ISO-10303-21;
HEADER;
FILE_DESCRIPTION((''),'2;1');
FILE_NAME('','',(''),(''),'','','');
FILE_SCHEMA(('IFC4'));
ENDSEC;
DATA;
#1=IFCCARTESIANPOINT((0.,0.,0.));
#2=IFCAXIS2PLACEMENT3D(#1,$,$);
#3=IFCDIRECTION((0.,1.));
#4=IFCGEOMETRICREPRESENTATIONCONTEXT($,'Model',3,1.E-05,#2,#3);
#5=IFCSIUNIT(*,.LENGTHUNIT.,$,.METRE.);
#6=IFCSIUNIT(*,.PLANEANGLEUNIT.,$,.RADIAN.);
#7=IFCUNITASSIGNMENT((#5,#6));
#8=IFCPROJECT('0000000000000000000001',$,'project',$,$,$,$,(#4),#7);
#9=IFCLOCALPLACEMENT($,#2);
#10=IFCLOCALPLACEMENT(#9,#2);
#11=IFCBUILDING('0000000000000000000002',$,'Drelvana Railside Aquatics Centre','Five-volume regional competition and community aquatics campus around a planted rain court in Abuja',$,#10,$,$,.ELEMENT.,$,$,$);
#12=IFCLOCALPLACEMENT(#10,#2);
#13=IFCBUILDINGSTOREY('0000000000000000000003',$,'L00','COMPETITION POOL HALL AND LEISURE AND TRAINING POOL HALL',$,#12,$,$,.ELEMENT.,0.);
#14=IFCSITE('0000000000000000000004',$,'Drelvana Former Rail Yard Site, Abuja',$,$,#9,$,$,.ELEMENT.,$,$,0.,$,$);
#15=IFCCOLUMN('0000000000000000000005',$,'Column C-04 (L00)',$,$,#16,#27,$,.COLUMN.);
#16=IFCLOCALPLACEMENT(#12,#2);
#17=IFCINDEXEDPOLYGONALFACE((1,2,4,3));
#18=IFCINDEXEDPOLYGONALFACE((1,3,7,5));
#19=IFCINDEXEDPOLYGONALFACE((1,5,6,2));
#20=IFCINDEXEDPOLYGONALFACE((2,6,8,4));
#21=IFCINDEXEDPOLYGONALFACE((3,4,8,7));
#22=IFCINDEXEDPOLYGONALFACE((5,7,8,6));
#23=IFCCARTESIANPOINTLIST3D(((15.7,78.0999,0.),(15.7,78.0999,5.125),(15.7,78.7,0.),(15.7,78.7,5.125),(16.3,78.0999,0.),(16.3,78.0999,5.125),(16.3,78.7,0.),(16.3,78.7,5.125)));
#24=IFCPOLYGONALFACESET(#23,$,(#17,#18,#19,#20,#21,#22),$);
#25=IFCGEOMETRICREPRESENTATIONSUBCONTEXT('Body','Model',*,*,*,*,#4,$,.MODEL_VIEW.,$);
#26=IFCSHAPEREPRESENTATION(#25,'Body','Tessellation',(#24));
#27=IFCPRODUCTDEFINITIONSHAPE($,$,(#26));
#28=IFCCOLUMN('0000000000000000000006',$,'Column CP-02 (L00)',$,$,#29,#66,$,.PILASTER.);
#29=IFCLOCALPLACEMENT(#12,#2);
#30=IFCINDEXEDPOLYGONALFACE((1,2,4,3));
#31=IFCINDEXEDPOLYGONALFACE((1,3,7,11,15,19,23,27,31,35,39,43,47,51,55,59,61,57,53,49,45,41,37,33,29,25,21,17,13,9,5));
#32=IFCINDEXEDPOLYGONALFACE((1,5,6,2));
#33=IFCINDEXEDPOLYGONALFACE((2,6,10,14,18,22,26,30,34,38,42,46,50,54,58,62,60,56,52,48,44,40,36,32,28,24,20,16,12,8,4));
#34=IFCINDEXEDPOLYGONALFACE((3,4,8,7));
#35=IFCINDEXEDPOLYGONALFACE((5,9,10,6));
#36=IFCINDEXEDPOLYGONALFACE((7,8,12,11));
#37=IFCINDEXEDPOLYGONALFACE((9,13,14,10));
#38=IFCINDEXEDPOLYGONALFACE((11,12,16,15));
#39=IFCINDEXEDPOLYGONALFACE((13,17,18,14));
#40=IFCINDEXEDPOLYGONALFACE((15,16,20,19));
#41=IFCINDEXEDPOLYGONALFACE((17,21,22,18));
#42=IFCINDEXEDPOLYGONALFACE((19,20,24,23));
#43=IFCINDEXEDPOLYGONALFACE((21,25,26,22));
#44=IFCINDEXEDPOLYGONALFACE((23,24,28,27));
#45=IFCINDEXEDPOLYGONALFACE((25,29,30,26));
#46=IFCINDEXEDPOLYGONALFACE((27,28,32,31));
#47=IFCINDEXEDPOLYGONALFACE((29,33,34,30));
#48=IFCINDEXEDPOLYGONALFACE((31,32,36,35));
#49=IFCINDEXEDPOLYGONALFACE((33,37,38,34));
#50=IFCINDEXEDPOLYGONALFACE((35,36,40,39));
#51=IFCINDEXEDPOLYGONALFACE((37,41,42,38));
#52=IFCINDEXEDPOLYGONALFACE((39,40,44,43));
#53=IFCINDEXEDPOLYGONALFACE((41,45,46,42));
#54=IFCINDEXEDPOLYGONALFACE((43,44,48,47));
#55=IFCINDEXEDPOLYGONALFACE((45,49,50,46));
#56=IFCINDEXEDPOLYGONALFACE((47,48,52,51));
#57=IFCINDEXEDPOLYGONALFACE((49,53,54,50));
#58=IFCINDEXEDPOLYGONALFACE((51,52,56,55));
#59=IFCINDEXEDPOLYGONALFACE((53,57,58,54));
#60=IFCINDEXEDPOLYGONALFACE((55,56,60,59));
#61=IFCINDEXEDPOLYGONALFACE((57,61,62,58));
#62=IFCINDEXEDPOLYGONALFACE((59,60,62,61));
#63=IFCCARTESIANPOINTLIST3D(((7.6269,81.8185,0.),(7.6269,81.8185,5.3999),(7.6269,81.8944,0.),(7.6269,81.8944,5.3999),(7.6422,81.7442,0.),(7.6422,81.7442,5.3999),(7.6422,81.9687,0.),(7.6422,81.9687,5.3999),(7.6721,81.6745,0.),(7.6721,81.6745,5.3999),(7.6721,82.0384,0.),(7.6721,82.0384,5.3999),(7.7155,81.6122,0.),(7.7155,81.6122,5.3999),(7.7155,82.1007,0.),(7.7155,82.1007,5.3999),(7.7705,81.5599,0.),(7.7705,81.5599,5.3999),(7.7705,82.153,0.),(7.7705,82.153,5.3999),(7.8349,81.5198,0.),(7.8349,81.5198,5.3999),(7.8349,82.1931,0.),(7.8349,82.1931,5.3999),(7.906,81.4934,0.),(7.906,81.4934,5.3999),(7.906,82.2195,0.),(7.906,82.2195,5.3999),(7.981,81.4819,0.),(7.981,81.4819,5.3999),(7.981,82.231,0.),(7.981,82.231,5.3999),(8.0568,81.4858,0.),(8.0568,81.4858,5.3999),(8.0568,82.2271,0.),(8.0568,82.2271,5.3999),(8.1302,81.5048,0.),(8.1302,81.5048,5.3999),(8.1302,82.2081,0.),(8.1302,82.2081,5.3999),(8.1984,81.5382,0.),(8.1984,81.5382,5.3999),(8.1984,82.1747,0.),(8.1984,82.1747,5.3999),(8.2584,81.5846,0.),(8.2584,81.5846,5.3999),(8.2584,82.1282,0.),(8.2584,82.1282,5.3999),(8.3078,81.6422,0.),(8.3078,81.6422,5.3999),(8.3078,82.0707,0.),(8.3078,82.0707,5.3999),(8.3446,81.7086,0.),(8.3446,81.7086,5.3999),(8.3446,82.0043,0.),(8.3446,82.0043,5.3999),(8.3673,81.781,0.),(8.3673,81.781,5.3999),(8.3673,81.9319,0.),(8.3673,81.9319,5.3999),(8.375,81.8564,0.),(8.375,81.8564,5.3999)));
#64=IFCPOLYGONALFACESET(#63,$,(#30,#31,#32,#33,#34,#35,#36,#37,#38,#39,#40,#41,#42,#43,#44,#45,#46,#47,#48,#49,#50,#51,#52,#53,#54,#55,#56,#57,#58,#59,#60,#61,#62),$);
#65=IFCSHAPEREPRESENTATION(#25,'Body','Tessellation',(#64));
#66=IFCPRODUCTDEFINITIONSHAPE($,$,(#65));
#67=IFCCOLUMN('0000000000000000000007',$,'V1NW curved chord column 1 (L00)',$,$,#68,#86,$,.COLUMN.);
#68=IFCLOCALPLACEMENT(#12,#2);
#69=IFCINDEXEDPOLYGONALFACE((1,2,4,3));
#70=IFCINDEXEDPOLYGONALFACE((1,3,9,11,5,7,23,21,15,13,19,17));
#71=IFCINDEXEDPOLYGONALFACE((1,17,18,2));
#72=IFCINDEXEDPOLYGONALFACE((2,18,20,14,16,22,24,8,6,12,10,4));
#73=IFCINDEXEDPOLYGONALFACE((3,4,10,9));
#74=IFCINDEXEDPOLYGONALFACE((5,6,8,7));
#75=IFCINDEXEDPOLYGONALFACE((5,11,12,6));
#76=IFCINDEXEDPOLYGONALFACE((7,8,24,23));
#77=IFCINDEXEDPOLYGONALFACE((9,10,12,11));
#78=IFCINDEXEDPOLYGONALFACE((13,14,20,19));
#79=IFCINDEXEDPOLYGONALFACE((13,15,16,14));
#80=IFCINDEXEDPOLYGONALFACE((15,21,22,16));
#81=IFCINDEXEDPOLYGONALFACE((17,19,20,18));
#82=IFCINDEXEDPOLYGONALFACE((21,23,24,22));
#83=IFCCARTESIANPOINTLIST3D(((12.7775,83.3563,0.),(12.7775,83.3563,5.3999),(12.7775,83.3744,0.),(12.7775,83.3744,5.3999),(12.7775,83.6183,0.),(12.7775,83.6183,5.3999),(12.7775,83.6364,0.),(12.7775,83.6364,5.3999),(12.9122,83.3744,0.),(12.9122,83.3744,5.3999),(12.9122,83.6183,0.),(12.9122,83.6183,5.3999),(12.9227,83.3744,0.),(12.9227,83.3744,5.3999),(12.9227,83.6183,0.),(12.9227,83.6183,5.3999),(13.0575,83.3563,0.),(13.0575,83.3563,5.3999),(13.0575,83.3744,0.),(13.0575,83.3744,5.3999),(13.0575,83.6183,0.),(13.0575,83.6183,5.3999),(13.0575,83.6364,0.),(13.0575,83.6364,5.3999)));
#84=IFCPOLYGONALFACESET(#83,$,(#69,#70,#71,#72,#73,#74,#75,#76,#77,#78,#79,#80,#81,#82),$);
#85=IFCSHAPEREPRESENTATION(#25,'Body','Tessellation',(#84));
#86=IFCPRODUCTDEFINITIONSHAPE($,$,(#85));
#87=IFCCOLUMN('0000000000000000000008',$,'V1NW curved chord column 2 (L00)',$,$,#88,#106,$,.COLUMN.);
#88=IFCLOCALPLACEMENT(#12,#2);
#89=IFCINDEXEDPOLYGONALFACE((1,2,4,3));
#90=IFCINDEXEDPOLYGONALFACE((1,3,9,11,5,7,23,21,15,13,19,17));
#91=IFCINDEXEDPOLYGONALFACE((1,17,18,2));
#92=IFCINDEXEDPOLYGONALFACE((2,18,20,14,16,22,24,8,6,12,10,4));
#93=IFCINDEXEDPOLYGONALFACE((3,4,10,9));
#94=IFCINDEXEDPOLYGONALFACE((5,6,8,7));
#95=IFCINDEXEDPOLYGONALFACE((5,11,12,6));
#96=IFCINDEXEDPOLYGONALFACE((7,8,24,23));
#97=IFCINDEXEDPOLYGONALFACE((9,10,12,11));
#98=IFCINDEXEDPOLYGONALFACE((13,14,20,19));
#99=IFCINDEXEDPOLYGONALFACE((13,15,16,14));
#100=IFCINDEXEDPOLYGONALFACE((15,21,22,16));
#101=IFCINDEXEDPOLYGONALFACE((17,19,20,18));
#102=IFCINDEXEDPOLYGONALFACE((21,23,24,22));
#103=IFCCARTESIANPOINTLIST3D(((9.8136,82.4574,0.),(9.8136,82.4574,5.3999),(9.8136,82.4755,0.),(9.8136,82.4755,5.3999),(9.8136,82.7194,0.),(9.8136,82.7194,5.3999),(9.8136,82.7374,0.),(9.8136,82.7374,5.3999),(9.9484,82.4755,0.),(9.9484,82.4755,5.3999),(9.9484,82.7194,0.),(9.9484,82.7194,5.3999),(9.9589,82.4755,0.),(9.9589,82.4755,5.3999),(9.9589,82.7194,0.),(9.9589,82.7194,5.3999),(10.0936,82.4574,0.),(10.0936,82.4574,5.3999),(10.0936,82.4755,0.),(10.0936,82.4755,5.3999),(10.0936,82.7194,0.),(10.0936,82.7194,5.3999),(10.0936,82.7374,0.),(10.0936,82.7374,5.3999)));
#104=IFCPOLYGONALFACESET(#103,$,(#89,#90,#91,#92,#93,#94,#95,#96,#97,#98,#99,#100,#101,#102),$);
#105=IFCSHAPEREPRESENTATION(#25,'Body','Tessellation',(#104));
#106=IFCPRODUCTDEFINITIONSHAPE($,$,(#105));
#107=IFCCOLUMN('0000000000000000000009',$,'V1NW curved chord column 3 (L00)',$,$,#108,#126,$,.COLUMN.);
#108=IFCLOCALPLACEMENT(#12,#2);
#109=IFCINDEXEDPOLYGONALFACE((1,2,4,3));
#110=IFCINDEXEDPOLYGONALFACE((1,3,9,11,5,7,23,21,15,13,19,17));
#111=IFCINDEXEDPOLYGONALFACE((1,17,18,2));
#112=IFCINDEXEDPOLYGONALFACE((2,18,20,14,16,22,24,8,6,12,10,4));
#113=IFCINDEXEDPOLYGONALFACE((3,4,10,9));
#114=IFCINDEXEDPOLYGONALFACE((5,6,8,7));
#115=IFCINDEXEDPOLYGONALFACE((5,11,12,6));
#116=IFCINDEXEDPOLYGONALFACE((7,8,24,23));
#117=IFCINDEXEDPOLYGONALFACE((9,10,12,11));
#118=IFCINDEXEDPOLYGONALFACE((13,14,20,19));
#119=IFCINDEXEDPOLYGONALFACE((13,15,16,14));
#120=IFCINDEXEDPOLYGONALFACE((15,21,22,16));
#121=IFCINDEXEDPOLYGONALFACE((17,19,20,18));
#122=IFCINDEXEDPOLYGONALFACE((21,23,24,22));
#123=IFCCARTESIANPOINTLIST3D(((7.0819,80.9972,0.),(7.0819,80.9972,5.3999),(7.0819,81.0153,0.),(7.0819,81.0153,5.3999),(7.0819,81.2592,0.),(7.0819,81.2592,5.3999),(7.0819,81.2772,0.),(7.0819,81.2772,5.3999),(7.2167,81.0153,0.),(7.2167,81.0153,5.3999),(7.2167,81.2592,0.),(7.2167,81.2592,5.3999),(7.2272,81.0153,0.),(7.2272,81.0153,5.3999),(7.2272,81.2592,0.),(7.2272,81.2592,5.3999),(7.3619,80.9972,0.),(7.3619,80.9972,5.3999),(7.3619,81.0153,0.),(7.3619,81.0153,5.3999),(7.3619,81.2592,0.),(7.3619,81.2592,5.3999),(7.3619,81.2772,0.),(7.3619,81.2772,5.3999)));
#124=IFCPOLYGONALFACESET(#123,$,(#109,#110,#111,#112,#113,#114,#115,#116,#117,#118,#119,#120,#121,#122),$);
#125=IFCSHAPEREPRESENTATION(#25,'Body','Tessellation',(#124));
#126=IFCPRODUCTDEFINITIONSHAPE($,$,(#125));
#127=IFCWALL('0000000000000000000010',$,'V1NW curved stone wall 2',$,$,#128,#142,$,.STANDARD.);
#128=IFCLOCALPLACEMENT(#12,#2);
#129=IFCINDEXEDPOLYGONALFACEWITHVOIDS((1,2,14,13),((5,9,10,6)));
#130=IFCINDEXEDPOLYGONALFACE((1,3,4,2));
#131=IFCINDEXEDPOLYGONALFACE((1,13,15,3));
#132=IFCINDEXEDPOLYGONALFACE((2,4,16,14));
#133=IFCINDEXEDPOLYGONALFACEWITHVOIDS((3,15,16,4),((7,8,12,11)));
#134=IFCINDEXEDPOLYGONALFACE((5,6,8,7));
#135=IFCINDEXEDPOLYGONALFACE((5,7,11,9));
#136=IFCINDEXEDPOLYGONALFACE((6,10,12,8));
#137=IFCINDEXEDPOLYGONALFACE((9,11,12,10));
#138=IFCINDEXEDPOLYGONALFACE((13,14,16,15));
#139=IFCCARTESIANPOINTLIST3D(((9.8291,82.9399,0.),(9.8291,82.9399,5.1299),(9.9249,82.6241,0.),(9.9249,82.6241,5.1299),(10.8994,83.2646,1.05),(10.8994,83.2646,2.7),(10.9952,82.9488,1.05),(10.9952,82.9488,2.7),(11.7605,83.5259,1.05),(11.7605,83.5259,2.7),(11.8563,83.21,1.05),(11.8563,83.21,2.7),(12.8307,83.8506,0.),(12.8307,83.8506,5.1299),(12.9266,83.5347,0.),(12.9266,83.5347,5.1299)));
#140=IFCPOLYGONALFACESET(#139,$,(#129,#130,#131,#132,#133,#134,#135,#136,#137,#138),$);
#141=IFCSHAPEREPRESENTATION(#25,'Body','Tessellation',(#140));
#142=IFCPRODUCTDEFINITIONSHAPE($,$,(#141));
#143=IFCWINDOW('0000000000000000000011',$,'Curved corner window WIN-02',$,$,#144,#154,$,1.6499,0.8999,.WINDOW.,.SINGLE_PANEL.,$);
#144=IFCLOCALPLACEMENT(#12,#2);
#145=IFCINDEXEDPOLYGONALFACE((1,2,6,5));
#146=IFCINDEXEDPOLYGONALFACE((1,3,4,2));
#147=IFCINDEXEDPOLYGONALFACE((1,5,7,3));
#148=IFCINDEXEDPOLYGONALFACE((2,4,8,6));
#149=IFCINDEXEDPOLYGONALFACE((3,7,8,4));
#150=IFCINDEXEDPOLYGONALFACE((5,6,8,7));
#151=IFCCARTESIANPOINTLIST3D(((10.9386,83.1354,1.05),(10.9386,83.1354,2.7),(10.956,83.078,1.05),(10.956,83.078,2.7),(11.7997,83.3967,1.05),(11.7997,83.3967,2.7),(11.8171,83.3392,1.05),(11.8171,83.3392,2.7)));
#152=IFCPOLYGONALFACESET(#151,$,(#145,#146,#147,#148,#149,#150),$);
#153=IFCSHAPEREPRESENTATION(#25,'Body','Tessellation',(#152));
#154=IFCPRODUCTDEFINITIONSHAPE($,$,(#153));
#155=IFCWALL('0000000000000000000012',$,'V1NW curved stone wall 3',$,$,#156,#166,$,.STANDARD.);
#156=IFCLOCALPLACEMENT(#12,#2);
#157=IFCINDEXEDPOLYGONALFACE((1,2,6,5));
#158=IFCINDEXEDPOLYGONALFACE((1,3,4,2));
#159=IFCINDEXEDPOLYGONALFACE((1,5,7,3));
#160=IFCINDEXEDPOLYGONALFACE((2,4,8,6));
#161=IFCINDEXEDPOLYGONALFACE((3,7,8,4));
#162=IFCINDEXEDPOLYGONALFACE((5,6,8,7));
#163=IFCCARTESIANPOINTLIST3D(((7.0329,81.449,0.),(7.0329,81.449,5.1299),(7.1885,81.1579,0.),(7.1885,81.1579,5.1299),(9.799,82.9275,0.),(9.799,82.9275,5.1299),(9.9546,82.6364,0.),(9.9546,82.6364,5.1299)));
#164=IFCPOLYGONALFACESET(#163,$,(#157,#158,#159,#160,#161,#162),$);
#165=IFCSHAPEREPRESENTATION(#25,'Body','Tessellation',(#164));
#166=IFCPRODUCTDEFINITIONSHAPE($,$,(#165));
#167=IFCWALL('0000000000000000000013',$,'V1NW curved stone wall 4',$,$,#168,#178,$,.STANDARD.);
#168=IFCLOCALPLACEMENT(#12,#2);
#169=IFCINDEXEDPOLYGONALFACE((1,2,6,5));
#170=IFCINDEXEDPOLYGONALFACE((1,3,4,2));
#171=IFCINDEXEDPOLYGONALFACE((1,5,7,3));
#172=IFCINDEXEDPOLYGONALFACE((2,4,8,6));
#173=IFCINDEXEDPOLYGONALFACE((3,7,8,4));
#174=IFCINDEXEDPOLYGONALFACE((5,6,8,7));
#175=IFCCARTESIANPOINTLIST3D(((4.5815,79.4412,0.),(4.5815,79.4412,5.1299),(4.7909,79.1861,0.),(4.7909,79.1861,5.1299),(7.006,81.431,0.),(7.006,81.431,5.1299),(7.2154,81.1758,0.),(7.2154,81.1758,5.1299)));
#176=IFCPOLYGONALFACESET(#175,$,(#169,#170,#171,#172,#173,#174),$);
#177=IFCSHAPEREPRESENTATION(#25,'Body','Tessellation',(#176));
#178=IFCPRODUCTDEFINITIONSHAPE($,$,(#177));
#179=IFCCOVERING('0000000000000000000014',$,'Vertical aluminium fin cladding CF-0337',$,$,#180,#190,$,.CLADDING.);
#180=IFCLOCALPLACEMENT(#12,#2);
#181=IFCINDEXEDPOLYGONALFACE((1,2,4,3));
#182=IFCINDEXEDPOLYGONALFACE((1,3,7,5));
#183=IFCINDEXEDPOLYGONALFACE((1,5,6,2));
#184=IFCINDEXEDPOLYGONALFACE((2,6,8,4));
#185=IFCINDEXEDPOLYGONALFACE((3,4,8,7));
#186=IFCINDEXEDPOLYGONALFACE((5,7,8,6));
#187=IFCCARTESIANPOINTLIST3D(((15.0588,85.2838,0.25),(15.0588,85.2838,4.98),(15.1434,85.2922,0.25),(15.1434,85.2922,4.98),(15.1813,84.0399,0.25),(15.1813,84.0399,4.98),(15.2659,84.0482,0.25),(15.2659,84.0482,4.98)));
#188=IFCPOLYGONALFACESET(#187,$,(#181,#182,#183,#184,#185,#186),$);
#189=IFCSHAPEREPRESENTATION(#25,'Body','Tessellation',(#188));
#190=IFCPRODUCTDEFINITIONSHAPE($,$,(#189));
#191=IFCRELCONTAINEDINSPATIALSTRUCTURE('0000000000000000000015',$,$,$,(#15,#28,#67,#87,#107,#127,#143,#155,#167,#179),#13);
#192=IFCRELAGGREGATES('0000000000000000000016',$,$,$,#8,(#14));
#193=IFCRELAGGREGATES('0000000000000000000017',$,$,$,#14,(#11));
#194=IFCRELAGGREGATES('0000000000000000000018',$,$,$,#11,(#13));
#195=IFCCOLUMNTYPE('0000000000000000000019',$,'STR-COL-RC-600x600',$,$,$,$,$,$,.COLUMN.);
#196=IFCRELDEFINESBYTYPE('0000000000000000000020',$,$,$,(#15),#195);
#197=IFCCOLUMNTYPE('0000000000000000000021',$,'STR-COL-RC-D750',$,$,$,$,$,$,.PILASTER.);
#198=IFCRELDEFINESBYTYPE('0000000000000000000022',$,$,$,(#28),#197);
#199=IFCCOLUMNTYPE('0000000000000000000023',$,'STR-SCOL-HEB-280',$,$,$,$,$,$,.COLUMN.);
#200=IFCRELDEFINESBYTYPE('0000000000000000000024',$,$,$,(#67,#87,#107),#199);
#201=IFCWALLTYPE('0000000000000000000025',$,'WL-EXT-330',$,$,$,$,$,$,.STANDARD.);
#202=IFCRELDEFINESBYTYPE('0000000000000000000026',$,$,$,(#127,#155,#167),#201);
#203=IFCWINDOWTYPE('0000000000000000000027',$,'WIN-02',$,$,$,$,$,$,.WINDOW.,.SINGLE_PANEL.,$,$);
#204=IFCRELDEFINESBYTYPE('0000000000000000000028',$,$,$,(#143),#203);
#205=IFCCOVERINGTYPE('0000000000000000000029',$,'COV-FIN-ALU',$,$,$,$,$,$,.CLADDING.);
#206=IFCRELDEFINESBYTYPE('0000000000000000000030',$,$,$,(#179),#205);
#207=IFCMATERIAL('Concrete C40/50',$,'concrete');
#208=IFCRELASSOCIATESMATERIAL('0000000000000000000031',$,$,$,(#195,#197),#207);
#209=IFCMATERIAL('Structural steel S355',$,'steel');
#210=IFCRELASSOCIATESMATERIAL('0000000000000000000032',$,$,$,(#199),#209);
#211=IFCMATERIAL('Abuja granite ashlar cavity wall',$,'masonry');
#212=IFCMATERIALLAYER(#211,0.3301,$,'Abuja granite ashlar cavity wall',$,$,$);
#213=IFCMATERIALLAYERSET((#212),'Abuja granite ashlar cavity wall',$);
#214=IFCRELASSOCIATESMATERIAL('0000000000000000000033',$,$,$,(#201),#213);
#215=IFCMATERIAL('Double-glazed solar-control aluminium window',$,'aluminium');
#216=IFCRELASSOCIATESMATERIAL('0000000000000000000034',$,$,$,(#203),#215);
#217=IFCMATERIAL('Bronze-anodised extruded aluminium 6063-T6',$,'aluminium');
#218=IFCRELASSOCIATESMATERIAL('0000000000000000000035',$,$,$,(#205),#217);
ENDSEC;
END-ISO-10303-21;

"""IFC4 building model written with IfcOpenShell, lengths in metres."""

from ifc_helpers import new_model, si_unit, direction, frame, frame_2d, origin, origin_2d, place, context, subcontext, project, spatial, rectangle, circle, i_section, extrude, material, layer, layer_set, material_profile, profile_set, type_object, element, fill, save


model = new_model("IFC4")

# Units and contexts
model_context = context("Model", 3, precision=1e-05, world=origin(), true_north=direction((0.0, 1.0)))
body_context = subcontext(model_context, "Body", "Model", "MODEL_VIEW")
ifc_project = project(units=[si_unit("LENGTHUNIT", "METRE"), si_unit("PLANEANGLEUNIT", "RADIAN")], contexts=[model_context])

# Site, building, storey
site_placement = place(None, origin())
site = spatial("IfcSite", under=ifc_project, at=site_placement, Name="Drelvana Former Rail Yard Site, Abuja", CompositionType="ELEMENT", RefElevation=0.0)
building_placement = place(site_placement, origin())
building = spatial("IfcBuilding", under=site, at=building_placement, Name="Drelvana Railside Aquatics Centre", Description="Five-volume regional competition and community aquatics campus around a planted rain court in Abuja", CompositionType="ELEMENT")
storey_placement = place(building_placement, origin())
storey = spatial("IfcBuildingStorey", under=building, at=storey_placement, Name="L00", Description="COMPETITION POOL HALL AND LEISURE AND TRAINING POOL HALL", CompositionType="ELEMENT", Elevation=0.0)

# Columns
ifc_material_1 = material(Name="Concrete C40/50", Category="concrete")
ifc_material_profile_1 = material_profile(ifc_material_1, rectangle(XDim=0.6001, YDim=0.6001, at=origin_2d()), Name="RC 600x600")
ifc_profile_set_1 = profile_set([ifc_material_profile_1], Name="Concrete C40/50")
column_type_1 = type_object("IfcColumnType", Name="STR-COL-RC-600x600", PredefinedType="COLUMN", material=ifc_profile_set_1)
column_1_placement = place(storey_placement, frame((16.0, 78.3999, 0.0), z_axis=(0.0, 0.0, 1.0), x_axis=(1.0, 0.0, 0.0)))
element("IfcColumn", 1, at=column_1_placement, inside=storey, type_object=column_type_1, Name="Column C-04 (L00)", PredefinedType="COLUMN", context=body_context, shape_type="SweptSolid", body=[
    extrude(rectangle(XDim=0.6001, YDim=0.6001, at=origin_2d()), origin(), (0.0, 0.0, 1.0), 5.125),
])
ifc_material_profile_2 = material_profile(ifc_material_1, circle(Radius=0.375, at=origin_2d()), Name="RC D750")
ifc_profile_set_2 = profile_set([ifc_material_profile_2], Name="Concrete C40/50")
column_type_2 = type_object("IfcColumnType", Name="STR-COL-RC-D750", PredefinedType="PILASTER", material=ifc_profile_set_2)
column_2_placement = place(storey_placement, frame((8.0, 81.8564, 0.0), z_axis=(0.0, 0.0, 1.0), x_axis=(1.0, 0.0, 0.0)))
element("IfcColumn", 2, at=column_2_placement, inside=storey, type_object=column_type_2, Name="Column CP-02 (L00)", PredefinedType="PILASTER", context=body_context, shape_type="SweptSolid", body=[
    extrude(circle(Radius=0.375, at=origin_2d()), origin(), (0.0, 0.0, 1.0), 5.3999),
])
ifc_material_2 = material(Name="Structural steel S355", Category="steel")
ifc_material_profile_3 = material_profile(ifc_material_2, i_section(OverallWidth=0.28, OverallDepth=0.28, WebThickness=0.0105, FlangeThickness=0.0181, at=origin_2d()), Name="HEB 280")
ifc_profile_set_3 = profile_set([ifc_material_profile_3], Name="Structural steel S355")
column_type_3 = type_object("IfcColumnType", Name="STR-SCOL-HEB-280", PredefinedType="COLUMN", material=ifc_profile_set_3)
for number, where, z_axis, x_axis, name in (
    (3, (12.9175, 83.4963, 0.0), (0.0, 0.0, 1.0), (1.0, 0.0, 0.0), "V1NW curved chord column 1 (L00)"),
    (4, (9.9536, 82.5974, 0.0), (0.0, 0.0, 1.0), (1.0, 0.0, 0.0), "V1NW curved chord column 2 (L00)"),
    (5, (7.2219, 81.1372, 0.0), (0.0, 0.0, 1.0), (1.0, 0.0, 0.0), "V1NW curved chord column 3 (L00)"),
):
    element("IfcColumn", number, at=place(storey_placement, frame(where, z_axis=z_axis, x_axis=x_axis)), inside=storey, type_object=column_type_3, Name=name, PredefinedType="COLUMN", context=body_context, shape_type="SweptSolid", body=[
        extrude(i_section(OverallWidth=0.28, OverallDepth=0.28, WebThickness=0.0105, FlangeThickness=0.0181, at=origin_2d()), origin(), (0.0, 0.0, 1.0), 5.3999),
    ])

# Wall, opening, window
ifc_material_3 = material(Name="Abuja granite ashlar cavity wall", Category="masonry")
ifc_layer = layer(ifc_material_3, 0.3301, Name="Abuja granite ashlar cavity wall")
ifc_layer_set = layer_set([ifc_layer], Name="Abuja granite ashlar cavity wall")
wall_type = type_object("IfcWallType", Name="WL-EXT-330", PredefinedType="STANDARD", material=ifc_layer_set)
wall_placement = place(storey_placement, frame((12.8787, 83.6926, 0.0), z_axis=(0.0, 0.0, 1.0), x_axis=(-0.956933, -0.29031, 0.0)))
wall = element("IfcWall", 6, at=wall_placement, inside=storey, type_object=wall_type, Name="V1NW curved stone wall 2", PredefinedType="STANDARD", context=body_context, shape_type="SweptSolid", body=[
    extrude(rectangle(XDim=3.1367, YDim=0.3301, at=frame_2d((1.5684, 0.0))), origin(), (0.0, 0.0, 1.0), 5.1299),
])
opening_placement = place(wall_placement, frame((1.1184, 0.0, 1.05)))
opening = element("IfcOpeningElement", 7, at=opening_placement, cuts=wall, PredefinedType="OPENING", context=body_context, shape_type="SweptSolid", body=[
    extrude(rectangle(XDim=0.8999, YDim=1.6499, at=frame_2d((0.45, 0.825))), frame((0.0, 0.175, 0.0), z_axis=(0.0, -1.0, 0.0), x_axis=(1.0, 0.0, 0.0)), (0.0, 0.0, 1.0), 0.3501),
])
ifc_material_4 = material(Name="Double-glazed solar-control aluminium window", Category="aluminium")
window_type = type_object("IfcWindowType", Name="WIN-02", PartitioningType="SINGLE_PANEL", PredefinedType="WINDOW", material=ifc_material_4)
window_placement = place(opening_placement, origin())
window = element("IfcWindow", 8, at=window_placement, inside=storey, type_object=window_type, Name="Curved corner window WIN-02", OverallHeight=1.6499, OverallWidth=0.8999, PartitioningType="SINGLE_PANEL", PredefinedType="WINDOW", context=body_context, shape_type="SweptSolid", body=[
    extrude(rectangle(XDim=0.8999, YDim=1.6499, at=frame_2d((0.45, 0.825))), frame((0.0, 0.03, 0.0), z_axis=(0.0, -1.0, 0.0), x_axis=(1.0, 0.0, 0.0)), (0.0, 0.0, 1.0), 0.0601),
])
fill(opening, window)

# Walls
for number, where, z_axis, x_axis, name in (
    (9, (9.877, 82.782, 0.0), (0.0, 0.0, 1.0), (-0.881922, -0.471396, 0.0), "V1NW curved stone wall 3"),
    (10, (7.1108, 81.3035, 0.0), (0.0, 0.0, 1.0), (-0.773017, -0.634386, 0.0), "V1NW curved stone wall 4"),
):
    element("IfcWall", number, at=place(storey_placement, frame(where, z_axis=z_axis, x_axis=x_axis)), inside=storey, type_object=wall_type, Name=name, PredefinedType="STANDARD", context=body_context, shape_type="SweptSolid", body=[
        extrude(rectangle(XDim=3.1365, YDim=0.3301, at=frame_2d((1.5684, 0.0))), origin(), (0.0, 0.0, 1.0), 5.1299),
    ])

# Covering
ifc_material_5 = material(Name="Bronze-anodised extruded aluminium 6063-T6", Category="aluminium")
covering_type = type_object("IfcCoveringType", Name="COV-FIN-ALU", PredefinedType="CLADDING", material=ifc_material_5)
for number, where, z_axis, x_axis, name in (
    (11, (15.1624, 84.666, 0.25), (0.0, 0.0, 1.0), (0.995185, 0.098017, 0.0), "Vertical aluminium fin cladding CF-0337"),
):
    element("IfcCovering", number, at=place(storey_placement, frame(where, z_axis=z_axis, x_axis=x_axis)), inside=storey, type_object=covering_type, Name=name, PredefinedType="CLADDING", context=body_context, shape_type="SweptSolid", body=[
        extrude(rectangle(XDim=0.085, YDim=1.25, at=origin_2d()), origin(), (0.0, 0.0, 1.0), 4.73),
    ])

save(model, "model.ifc")
